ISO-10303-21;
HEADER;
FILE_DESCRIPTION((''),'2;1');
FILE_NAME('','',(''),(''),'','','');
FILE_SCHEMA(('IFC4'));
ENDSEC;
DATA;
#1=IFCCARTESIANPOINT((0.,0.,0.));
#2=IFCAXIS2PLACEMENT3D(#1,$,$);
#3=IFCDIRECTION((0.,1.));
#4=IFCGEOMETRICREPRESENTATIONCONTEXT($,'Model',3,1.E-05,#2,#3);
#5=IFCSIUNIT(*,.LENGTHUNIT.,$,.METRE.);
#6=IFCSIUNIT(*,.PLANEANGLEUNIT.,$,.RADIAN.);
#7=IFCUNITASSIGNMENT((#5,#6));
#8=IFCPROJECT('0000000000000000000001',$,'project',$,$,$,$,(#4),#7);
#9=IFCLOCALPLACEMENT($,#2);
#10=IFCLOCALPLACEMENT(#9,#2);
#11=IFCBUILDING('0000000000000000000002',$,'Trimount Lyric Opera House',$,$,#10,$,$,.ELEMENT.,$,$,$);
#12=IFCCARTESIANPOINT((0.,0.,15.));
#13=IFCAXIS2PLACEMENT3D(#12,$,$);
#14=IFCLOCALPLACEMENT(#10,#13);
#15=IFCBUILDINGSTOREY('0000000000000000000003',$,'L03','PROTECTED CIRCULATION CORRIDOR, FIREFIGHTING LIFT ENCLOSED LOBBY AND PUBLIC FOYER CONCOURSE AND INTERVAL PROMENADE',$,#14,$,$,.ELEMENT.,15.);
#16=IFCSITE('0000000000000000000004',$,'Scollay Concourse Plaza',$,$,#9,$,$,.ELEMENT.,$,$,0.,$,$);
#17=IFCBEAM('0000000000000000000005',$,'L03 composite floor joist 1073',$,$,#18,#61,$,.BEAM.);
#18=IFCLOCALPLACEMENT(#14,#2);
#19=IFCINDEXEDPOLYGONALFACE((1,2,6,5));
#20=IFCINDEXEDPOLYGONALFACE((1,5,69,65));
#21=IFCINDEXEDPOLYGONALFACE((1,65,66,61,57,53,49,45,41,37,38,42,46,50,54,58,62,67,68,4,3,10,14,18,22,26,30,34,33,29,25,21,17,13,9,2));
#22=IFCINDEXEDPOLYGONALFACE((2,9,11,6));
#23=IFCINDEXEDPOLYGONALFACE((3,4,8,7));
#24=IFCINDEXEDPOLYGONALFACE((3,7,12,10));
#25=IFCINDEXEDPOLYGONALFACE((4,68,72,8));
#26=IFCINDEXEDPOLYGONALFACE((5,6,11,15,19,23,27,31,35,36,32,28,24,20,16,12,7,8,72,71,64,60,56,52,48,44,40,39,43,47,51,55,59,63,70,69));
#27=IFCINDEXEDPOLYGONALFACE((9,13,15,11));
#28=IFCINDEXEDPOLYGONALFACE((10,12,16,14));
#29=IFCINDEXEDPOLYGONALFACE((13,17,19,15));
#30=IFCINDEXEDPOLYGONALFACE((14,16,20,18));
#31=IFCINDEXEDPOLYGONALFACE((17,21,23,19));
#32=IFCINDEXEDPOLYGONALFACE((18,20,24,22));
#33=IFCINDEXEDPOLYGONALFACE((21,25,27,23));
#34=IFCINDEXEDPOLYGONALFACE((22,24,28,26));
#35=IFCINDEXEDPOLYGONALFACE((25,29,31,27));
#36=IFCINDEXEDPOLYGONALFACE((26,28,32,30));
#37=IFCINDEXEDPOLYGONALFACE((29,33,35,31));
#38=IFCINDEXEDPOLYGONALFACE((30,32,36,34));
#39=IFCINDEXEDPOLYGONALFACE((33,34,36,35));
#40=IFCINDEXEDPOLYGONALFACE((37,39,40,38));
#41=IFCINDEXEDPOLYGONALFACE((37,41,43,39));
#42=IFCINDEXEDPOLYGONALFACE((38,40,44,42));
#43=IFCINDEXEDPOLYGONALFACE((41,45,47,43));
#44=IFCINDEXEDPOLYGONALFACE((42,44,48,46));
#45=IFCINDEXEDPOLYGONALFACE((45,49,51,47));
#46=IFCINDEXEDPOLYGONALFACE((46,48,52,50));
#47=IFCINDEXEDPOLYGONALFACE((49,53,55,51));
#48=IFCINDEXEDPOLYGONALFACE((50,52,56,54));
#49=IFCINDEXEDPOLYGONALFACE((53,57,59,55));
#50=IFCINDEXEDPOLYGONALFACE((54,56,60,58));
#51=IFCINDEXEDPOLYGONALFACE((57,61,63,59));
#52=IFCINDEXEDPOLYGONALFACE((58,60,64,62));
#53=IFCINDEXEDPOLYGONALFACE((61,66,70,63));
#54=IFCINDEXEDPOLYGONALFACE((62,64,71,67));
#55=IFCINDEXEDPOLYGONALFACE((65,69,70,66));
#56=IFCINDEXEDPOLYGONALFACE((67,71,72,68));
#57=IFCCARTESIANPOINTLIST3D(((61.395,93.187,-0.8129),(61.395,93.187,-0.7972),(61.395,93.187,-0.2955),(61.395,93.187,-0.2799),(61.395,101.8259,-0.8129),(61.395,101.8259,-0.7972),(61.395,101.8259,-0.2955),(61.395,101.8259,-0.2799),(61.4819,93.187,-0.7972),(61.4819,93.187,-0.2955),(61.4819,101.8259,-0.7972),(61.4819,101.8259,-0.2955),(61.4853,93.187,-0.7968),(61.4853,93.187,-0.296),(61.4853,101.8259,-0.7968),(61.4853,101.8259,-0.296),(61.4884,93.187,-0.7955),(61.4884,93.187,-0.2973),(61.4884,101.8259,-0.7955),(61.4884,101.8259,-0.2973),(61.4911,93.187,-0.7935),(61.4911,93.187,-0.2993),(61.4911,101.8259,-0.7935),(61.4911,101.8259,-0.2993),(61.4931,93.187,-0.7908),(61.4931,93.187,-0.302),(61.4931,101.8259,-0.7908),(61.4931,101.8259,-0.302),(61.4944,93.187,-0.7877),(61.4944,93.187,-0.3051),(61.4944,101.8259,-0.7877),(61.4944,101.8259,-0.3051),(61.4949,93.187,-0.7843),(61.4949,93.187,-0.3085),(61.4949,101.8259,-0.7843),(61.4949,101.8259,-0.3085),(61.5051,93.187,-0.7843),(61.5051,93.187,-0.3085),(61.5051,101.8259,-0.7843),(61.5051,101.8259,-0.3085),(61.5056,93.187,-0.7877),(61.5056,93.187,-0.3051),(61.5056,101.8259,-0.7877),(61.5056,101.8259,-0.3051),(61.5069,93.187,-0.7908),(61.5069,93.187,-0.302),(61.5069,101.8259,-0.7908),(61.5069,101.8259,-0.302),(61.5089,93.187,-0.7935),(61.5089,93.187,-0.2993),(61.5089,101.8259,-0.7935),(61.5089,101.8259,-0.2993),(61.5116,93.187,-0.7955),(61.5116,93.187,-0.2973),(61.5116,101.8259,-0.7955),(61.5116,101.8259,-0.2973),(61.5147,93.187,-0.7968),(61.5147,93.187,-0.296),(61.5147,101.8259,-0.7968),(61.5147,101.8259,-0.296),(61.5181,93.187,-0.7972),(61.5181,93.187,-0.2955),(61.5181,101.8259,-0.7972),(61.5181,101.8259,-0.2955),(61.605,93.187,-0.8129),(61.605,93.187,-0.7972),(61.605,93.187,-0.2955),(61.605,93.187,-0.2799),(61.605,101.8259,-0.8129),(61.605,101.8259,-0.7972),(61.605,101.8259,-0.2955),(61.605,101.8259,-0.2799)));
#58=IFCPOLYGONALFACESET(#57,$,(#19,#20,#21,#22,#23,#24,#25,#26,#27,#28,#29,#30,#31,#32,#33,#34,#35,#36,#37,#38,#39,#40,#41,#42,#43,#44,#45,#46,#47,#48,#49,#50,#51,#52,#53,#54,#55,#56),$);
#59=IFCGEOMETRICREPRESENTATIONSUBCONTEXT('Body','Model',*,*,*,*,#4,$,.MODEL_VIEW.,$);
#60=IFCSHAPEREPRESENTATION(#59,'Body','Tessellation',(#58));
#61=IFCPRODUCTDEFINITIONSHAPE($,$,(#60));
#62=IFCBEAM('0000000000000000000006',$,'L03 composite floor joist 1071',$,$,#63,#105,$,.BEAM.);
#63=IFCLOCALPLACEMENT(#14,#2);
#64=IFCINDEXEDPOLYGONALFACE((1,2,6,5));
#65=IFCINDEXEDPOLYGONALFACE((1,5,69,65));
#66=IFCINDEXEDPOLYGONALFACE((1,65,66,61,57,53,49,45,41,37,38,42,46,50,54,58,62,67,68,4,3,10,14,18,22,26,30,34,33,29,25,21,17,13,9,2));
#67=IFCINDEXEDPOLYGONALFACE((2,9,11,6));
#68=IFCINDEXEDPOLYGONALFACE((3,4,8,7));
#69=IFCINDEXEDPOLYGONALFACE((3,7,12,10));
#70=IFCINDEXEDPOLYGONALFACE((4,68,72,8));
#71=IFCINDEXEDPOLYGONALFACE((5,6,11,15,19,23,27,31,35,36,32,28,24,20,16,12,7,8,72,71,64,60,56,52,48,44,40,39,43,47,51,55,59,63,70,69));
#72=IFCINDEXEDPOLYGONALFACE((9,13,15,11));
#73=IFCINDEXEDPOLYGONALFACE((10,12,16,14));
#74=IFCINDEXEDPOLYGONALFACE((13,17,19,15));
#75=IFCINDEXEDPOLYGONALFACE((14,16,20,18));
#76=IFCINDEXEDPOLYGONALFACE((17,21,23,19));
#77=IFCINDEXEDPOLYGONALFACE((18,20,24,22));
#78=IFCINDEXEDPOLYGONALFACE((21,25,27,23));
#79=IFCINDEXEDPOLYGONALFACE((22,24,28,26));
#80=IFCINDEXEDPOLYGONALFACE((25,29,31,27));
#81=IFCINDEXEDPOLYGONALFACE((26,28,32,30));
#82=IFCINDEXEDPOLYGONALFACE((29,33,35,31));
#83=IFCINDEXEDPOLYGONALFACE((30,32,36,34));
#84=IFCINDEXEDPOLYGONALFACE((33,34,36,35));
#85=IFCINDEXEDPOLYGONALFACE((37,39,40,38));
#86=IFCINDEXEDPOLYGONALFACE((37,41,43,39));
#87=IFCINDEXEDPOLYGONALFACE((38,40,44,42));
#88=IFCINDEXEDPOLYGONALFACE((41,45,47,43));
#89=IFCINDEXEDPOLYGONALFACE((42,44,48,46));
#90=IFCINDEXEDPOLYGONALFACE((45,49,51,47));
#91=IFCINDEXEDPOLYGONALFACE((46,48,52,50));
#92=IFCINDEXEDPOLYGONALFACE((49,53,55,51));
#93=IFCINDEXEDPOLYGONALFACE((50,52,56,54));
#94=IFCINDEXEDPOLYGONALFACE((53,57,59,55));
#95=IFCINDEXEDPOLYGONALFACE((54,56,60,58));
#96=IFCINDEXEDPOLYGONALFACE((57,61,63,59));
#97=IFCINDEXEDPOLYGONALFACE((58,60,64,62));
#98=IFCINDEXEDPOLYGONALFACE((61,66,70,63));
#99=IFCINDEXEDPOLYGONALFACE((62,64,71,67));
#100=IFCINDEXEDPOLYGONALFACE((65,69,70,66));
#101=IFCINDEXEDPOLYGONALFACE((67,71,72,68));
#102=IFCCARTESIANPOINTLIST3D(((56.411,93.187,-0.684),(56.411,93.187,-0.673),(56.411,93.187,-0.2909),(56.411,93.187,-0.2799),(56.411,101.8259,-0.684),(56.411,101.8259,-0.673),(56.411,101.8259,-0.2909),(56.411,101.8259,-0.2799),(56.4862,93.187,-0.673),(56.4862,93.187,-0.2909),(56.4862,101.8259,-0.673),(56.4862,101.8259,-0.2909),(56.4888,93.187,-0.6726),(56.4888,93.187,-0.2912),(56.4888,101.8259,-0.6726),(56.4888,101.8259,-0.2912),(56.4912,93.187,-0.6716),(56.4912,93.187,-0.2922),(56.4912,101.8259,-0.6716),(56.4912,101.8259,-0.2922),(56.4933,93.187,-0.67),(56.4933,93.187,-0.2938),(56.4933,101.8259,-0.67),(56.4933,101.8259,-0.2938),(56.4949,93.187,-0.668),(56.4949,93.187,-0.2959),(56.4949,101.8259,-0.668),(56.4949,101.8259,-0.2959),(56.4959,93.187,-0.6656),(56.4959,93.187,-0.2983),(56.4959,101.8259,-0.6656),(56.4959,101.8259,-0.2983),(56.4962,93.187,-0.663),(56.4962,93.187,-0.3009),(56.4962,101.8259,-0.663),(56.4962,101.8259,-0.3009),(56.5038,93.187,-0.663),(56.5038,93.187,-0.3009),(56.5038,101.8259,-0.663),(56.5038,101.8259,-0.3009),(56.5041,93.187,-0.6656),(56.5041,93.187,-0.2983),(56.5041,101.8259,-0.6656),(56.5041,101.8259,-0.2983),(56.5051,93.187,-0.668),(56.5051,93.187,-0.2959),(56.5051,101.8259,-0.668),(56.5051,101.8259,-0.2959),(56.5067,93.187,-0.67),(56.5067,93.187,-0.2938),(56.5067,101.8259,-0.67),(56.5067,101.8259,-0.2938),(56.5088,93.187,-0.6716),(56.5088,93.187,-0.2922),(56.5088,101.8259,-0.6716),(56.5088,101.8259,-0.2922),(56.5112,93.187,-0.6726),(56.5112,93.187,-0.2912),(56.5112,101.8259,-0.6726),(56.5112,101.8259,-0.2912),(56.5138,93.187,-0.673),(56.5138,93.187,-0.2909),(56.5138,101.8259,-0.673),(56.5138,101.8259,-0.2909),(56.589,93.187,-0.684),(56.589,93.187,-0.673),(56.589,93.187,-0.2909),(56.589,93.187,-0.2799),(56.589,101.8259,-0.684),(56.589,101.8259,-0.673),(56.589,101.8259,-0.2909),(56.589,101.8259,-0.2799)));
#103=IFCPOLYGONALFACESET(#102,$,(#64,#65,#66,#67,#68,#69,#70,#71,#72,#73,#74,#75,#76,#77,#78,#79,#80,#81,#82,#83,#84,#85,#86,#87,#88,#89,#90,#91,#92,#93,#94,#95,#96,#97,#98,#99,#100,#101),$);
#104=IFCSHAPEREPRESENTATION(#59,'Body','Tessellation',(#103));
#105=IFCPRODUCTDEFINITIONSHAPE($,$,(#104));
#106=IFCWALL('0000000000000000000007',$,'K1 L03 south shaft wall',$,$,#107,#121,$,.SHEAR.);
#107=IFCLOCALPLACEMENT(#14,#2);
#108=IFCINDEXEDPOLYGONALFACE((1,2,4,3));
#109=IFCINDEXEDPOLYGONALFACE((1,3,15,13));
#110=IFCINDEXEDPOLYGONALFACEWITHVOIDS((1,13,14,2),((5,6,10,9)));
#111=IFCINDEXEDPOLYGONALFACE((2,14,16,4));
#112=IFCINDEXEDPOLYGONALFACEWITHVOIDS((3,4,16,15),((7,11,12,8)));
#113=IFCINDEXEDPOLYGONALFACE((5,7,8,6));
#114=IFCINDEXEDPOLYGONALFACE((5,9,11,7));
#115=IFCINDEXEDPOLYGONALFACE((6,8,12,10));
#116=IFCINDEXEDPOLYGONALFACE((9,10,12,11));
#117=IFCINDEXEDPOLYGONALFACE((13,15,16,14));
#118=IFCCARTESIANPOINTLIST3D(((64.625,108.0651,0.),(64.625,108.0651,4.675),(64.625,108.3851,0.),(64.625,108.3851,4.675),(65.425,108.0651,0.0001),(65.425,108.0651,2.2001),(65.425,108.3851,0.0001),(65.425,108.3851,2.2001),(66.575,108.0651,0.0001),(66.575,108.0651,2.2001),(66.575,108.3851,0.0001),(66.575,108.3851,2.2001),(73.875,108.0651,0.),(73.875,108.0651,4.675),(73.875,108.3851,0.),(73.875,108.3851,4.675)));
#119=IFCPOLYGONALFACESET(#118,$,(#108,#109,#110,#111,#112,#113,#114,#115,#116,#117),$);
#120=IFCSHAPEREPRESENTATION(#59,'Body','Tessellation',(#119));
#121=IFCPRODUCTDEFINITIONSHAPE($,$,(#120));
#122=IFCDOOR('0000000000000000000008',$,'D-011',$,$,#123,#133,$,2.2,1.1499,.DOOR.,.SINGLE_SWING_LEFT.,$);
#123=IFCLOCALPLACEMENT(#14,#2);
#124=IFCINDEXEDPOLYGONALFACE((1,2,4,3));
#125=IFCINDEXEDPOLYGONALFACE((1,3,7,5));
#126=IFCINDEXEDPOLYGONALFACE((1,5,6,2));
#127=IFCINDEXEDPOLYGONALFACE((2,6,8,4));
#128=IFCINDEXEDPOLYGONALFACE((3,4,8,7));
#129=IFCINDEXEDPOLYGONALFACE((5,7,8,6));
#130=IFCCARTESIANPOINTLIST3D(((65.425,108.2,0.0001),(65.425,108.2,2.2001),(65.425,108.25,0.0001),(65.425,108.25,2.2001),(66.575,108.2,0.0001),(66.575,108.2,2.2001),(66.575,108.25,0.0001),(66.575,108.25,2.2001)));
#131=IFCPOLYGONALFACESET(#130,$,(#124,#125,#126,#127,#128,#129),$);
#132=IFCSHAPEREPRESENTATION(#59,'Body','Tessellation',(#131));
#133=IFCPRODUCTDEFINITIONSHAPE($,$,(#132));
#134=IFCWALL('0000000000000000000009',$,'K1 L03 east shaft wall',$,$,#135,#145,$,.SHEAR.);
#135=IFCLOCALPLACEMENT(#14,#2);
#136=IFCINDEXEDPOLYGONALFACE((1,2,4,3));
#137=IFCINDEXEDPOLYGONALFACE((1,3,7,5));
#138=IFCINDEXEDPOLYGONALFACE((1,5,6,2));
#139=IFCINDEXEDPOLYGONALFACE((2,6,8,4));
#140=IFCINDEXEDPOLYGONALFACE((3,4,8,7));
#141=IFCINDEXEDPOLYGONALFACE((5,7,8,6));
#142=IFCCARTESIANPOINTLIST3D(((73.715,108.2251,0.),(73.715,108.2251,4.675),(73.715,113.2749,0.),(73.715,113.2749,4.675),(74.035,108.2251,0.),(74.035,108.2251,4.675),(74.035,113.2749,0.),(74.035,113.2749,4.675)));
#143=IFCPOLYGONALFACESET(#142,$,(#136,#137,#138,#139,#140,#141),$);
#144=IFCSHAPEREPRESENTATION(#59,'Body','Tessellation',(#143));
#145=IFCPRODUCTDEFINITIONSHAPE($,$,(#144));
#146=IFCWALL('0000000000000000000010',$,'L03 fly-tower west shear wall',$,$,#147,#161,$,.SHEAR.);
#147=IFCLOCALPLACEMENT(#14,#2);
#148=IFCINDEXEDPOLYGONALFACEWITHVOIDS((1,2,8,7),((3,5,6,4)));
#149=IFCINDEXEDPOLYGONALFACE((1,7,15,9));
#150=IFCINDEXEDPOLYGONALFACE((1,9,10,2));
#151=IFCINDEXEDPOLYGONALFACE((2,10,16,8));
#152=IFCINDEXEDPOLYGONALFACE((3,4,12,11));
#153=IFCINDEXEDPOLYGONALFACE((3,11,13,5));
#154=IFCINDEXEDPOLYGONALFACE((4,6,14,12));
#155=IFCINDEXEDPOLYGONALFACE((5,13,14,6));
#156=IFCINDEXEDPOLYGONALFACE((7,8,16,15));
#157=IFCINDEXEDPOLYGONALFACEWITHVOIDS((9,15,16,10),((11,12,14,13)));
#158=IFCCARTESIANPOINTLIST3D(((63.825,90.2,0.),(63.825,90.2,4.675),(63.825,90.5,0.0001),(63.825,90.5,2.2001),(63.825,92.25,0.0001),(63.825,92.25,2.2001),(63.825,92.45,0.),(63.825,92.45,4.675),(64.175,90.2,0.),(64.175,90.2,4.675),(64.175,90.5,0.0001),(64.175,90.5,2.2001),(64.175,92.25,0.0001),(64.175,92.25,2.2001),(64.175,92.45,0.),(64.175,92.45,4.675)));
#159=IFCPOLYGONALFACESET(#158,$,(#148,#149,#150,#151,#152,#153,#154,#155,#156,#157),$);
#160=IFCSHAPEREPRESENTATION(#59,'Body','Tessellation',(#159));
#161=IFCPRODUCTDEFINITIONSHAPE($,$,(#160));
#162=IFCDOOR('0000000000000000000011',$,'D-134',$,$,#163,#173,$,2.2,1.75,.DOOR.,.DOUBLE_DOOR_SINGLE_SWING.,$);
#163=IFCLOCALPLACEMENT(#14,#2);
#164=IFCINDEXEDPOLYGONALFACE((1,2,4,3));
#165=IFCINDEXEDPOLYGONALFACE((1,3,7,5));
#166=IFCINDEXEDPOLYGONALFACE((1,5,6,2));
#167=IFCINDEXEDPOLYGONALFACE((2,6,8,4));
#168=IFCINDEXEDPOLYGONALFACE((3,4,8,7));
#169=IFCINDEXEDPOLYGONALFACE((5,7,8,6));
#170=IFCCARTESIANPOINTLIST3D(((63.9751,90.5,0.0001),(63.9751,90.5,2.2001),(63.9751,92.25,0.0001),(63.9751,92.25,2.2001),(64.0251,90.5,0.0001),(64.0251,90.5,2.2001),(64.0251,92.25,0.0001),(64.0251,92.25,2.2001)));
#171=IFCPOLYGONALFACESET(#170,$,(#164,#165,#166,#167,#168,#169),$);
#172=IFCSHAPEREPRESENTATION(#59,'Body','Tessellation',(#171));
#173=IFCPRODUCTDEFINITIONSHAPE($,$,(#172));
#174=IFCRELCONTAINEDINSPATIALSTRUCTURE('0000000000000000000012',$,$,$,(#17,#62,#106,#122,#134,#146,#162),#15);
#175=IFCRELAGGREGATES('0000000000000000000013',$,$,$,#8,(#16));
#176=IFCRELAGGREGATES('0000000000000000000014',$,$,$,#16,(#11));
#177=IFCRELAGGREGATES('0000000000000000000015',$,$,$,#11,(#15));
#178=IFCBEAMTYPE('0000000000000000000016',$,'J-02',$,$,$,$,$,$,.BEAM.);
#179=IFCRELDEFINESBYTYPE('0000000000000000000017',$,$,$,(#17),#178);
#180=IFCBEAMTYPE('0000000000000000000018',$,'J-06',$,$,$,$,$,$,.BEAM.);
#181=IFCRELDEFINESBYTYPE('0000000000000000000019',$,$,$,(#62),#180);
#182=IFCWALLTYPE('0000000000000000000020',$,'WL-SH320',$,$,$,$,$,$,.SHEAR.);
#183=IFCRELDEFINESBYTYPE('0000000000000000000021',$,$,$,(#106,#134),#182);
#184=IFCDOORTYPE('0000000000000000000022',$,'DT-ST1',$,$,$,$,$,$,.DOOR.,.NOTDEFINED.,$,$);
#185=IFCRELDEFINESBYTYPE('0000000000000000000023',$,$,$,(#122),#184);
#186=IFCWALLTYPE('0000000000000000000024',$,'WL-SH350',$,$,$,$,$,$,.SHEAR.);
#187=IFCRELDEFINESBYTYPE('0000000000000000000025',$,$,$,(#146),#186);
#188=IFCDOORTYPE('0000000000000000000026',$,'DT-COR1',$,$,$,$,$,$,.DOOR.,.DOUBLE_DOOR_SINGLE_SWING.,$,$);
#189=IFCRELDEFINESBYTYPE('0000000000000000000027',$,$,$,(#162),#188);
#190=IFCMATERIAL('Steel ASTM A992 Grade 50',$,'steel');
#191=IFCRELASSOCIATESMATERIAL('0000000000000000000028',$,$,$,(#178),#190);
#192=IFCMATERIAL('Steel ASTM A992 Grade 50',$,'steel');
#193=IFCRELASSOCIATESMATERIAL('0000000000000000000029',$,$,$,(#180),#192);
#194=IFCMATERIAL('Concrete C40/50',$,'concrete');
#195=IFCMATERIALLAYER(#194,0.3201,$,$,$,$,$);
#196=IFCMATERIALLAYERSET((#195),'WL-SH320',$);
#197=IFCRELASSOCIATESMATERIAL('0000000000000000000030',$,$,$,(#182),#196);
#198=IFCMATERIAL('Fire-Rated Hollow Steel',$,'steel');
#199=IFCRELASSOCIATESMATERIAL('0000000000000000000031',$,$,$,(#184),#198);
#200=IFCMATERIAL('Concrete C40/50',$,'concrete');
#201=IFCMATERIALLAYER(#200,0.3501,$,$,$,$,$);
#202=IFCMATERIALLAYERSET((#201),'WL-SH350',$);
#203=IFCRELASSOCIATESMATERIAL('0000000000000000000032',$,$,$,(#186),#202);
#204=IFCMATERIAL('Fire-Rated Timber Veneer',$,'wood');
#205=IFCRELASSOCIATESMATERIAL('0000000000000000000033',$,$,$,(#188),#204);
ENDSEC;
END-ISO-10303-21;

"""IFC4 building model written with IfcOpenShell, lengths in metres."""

from ifc_helpers import new_model, si_unit, direction, frame, frame_2d, origin, origin_2d, place, context, subcontext, project, spatial, rectangle, i_section, extrude, material, layer, layer_set, material_profile, profile_set, type_object, element, fill, save


model = new_model("IFC4")

# Units and contexts
model_context = context("Model", 3, precision=1e-05, world=origin(), true_north=direction((0.0, 1.0)))
body_context = subcontext(model_context, "Body", "Model", "MODEL_VIEW")
ifc_project = project(units=[si_unit("LENGTHUNIT", "METRE"), si_unit("PLANEANGLEUNIT", "RADIAN")], contexts=[model_context])

# Site, building, storey
site_placement = place(None, origin())
site = spatial("IfcSite", under=ifc_project, at=site_placement, Name="Scollay Concourse Plaza", CompositionType="ELEMENT", RefElevation=0.0)
building_placement = place(site_placement, origin())
building = spatial("IfcBuilding", under=site, at=building_placement, Name="Trimount Lyric Opera House", CompositionType="ELEMENT")
storey_placement = place(building_placement, frame((0.0, 0.0, 15.0)))
storey = spatial("IfcBuildingStorey", under=building, at=storey_placement, Name="L03", Description="PROTECTED CIRCULATION CORRIDOR, FIREFIGHTING LIFT ENCLOSED LOBBY AND PUBLIC FOYER CONCOURSE AND INTERVAL PROMENADE", CompositionType="ELEMENT", Elevation=15.0)

# Beams
ifc_material_1 = material(Name="Steel ASTM A992 Grade 50", Category="steel")
ifc_material_profile_1 = material_profile(ifc_material_1, i_section(OverallWidth=0.21, OverallDepth=0.533, WebThickness=0.0103, FlangeThickness=0.0156, FilletRadius=0.0129, at=origin_2d()), Name="W21X62")
ifc_profile_set_1 = profile_set([ifc_material_profile_1], Name="Steel ASTM A992 Grade 50")
beam_type_1 = type_object("IfcBeamType", Name="J-02", PredefinedType="BEAM", material=ifc_profile_set_1)
beam_1_placement = place(storey_placement, frame((61.5, 93.187, -0.5464), z_axis=(0.0, 1.0, 0.0), x_axis=(-1.0, 0.0, 0.0)))
element("IfcBeam", 1, at=beam_1_placement, inside=storey, type_object=beam_type_1, Name="L03 composite floor joist 1073", PredefinedType="BEAM", context=body_context, shape_type="SweptSolid", body=[
    extrude(i_section(OverallWidth=0.21, OverallDepth=0.533, WebThickness=0.0103, FlangeThickness=0.0156, FilletRadius=0.0129, at=origin_2d()), origin(), (0.0, 0.0, 1.0), 8.6389),
])
ifc_material_2 = material(Name="Steel ASTM A992 Grade 50", Category="steel")
ifc_material_profile_2 = material_profile(ifc_material_2, i_section(OverallWidth=0.178, OverallDepth=0.4041, WebThickness=0.0076, FlangeThickness=0.011, FilletRadius=0.01, at=origin_2d()), Name="W16X36")
ifc_profile_set_2 = profile_set([ifc_material_profile_2], Name="Steel ASTM A992 Grade 50")
beam_type_2 = type_object("IfcBeamType", Name="J-06", PredefinedType="BEAM", material=ifc_profile_set_2)
beam_2_placement = place(storey_placement, frame((56.5, 93.187, -0.4819), z_axis=(0.0, 1.0, 0.0), x_axis=(-1.0, 0.0, 0.0)))
element("IfcBeam", 2, at=beam_2_placement, inside=storey, type_object=beam_type_2, Name="L03 composite floor joist 1071", PredefinedType="BEAM", context=body_context, shape_type="SweptSolid", body=[
    extrude(i_section(OverallWidth=0.178, OverallDepth=0.4041, WebThickness=0.0076, FlangeThickness=0.011, FilletRadius=0.01, at=origin_2d()), origin(), (0.0, 0.0, 1.0), 8.6389),
])

# Wall, opening, door
ifc_material_3 = material(Name="Concrete C40/50", Category="concrete")
ifc_layer_1 = layer(ifc_material_3, 0.3201)
ifc_layer_set_1 = layer_set([ifc_layer_1], Name="WL-SH320")
wall_type_1 = type_object("IfcWallType", Name="WL-SH320", PredefinedType="SHEAR", material=ifc_layer_set_1)
wall_1_placement = place(storey_placement, frame((64.625, 108.2251, 0.0), z_axis=(0.0, 0.0, 1.0), x_axis=(1.0, 0.0, 0.0)))
wall_1 = element("IfcWall", 3, at=wall_1_placement, inside=storey, type_object=wall_type_1, Name="K1 L03 south shaft wall", PredefinedType="SHEAR", context=body_context, shape_type="SweptSolid", body=[
    extrude(rectangle(XDim=9.25, YDim=0.3201, at=frame_2d((4.625, 0.0))), origin(), (0.0, 0.0, 1.0), 4.675),
])
opening_1_placement = place(wall_1_placement, frame((0.8, 0.0, 0.0)))
opening_1 = element("IfcOpeningElement", 4, at=opening_1_placement, cuts=wall_1, PredefinedType="OPENING", context=body_context, shape_type="SweptSolid", body=[
    extrude(rectangle(XDim=1.1499, YDim=2.2, at=frame_2d((0.575, 1.1001))), frame((0.0, 0.1699, 0.0), z_axis=(0.0, -1.0, 0.0), x_axis=(1.0, 0.0, 0.0)), (0.0, 0.0, 1.0), 0.3401),
])
ifc_material_4 = material(Name="Fire-Rated Hollow Steel", Category="steel")
door_type_1 = type_object("IfcDoorType", Name="DT-ST1", OperationType="NOTDEFINED", PredefinedType="DOOR", material=ifc_material_4)
door_1_placement = place(opening_1_placement, origin())
door_1 = element("IfcDoor", 5, at=door_1_placement, inside=storey, type_object=door_type_1, Name="D-011", OperationType="SINGLE_SWING_LEFT", OverallHeight=2.2, OverallWidth=1.1499, PredefinedType="DOOR", context=body_context, shape_type="SweptSolid", body=[
    extrude(rectangle(XDim=1.1499, YDim=2.2, at=frame_2d((0.575, 1.1001))), frame((0.0, 0.0249, 0.0), z_axis=(0.0, -1.0, 0.0), x_axis=(1.0, 0.0, 0.0)), (0.0, 0.0, 1.0), 0.05),
])
fill(opening_1, door_1)

# Wall
wall_2_placement = place(storey_placement, frame((73.875, 108.2251, 0.0), z_axis=(0.0, 0.0, 1.0), x_axis=(0.0, 1.0, 0.0)))
element("IfcWall", 6, at=wall_2_placement, inside=storey, type_object=wall_type_1, Name="K1 L03 east shaft wall", PredefinedType="SHEAR", context=body_context, shape_type="SweptSolid", body=[
    extrude(rectangle(XDim=5.0498, YDim=0.3201, at=frame_2d((2.5249, 0.0))), origin(), (0.0, 0.0, 1.0), 4.675),
])

# Wall, opening, door
ifc_material_5 = material(Name="Concrete C40/50", Category="concrete")
ifc_layer_2 = layer(ifc_material_5, 0.3501)
ifc_layer_set_2 = layer_set([ifc_layer_2], Name="WL-SH350")
wall_type_2 = type_object("IfcWallType", Name="WL-SH350", PredefinedType="SHEAR", material=ifc_layer_set_2)
wall_3_placement = place(storey_placement, frame((64.0, 90.2, 0.0), z_axis=(0.0, 0.0, 1.0), x_axis=(0.0, 1.0, 0.0)))
wall_3 = element("IfcWall", 7, at=wall_3_placement, inside=storey, type_object=wall_type_2, Name="L03 fly-tower west shear wall", PredefinedType="SHEAR", context=body_context, shape_type="SweptSolid", body=[
    extrude(rectangle(XDim=2.25, YDim=0.3501, at=frame_2d((1.125, 0.0))), origin(), (0.0, 0.0, 1.0), 4.675),
])
opening_2_placement = place(wall_3_placement, frame((0.3, 0.0, 0.0)))
opening_2 = element("IfcOpeningElement", 8, at=opening_2_placement, cuts=wall_3, PredefinedType="OPENING", context=body_context, shape_type="SweptSolid", body=[
    extrude(rectangle(XDim=1.75, YDim=2.2, at=frame_2d((0.875, 1.1001))), frame((0.0, 0.1851, 0.0), z_axis=(0.0, -1.0, 0.0), x_axis=(1.0, 0.0, 0.0)), (0.0, 0.0, 1.0), 0.3701),
])
ifc_material_6 = material(Name="Fire-Rated Timber Veneer", Category="wood")
door_type_2 = type_object("IfcDoorType", Name="DT-COR1", OperationType="DOUBLE_DOOR_SINGLE_SWING", PredefinedType="DOOR", material=ifc_material_6)
door_2_placement = place(opening_2_placement, origin())
door_2 = element("IfcDoor", 9, at=door_2_placement, inside=storey, type_object=door_type_2, Name="D-134", OperationType="DOUBLE_DOOR_SINGLE_SWING", OverallHeight=2.2, OverallWidth=1.75, PredefinedType="DOOR", context=body_context, shape_type="SweptSolid", body=[
    extrude(rectangle(XDim=1.75, YDim=2.2, at=frame_2d((0.875, 1.1001))), frame((0.0, 0.0249, 0.0), z_axis=(0.0, -1.0, 0.0), x_axis=(1.0, 0.0, 0.0)), (0.0, 0.0, 1.0), 0.05),
])
fill(opening_2, door_2)

save(model, "model.ifc")
